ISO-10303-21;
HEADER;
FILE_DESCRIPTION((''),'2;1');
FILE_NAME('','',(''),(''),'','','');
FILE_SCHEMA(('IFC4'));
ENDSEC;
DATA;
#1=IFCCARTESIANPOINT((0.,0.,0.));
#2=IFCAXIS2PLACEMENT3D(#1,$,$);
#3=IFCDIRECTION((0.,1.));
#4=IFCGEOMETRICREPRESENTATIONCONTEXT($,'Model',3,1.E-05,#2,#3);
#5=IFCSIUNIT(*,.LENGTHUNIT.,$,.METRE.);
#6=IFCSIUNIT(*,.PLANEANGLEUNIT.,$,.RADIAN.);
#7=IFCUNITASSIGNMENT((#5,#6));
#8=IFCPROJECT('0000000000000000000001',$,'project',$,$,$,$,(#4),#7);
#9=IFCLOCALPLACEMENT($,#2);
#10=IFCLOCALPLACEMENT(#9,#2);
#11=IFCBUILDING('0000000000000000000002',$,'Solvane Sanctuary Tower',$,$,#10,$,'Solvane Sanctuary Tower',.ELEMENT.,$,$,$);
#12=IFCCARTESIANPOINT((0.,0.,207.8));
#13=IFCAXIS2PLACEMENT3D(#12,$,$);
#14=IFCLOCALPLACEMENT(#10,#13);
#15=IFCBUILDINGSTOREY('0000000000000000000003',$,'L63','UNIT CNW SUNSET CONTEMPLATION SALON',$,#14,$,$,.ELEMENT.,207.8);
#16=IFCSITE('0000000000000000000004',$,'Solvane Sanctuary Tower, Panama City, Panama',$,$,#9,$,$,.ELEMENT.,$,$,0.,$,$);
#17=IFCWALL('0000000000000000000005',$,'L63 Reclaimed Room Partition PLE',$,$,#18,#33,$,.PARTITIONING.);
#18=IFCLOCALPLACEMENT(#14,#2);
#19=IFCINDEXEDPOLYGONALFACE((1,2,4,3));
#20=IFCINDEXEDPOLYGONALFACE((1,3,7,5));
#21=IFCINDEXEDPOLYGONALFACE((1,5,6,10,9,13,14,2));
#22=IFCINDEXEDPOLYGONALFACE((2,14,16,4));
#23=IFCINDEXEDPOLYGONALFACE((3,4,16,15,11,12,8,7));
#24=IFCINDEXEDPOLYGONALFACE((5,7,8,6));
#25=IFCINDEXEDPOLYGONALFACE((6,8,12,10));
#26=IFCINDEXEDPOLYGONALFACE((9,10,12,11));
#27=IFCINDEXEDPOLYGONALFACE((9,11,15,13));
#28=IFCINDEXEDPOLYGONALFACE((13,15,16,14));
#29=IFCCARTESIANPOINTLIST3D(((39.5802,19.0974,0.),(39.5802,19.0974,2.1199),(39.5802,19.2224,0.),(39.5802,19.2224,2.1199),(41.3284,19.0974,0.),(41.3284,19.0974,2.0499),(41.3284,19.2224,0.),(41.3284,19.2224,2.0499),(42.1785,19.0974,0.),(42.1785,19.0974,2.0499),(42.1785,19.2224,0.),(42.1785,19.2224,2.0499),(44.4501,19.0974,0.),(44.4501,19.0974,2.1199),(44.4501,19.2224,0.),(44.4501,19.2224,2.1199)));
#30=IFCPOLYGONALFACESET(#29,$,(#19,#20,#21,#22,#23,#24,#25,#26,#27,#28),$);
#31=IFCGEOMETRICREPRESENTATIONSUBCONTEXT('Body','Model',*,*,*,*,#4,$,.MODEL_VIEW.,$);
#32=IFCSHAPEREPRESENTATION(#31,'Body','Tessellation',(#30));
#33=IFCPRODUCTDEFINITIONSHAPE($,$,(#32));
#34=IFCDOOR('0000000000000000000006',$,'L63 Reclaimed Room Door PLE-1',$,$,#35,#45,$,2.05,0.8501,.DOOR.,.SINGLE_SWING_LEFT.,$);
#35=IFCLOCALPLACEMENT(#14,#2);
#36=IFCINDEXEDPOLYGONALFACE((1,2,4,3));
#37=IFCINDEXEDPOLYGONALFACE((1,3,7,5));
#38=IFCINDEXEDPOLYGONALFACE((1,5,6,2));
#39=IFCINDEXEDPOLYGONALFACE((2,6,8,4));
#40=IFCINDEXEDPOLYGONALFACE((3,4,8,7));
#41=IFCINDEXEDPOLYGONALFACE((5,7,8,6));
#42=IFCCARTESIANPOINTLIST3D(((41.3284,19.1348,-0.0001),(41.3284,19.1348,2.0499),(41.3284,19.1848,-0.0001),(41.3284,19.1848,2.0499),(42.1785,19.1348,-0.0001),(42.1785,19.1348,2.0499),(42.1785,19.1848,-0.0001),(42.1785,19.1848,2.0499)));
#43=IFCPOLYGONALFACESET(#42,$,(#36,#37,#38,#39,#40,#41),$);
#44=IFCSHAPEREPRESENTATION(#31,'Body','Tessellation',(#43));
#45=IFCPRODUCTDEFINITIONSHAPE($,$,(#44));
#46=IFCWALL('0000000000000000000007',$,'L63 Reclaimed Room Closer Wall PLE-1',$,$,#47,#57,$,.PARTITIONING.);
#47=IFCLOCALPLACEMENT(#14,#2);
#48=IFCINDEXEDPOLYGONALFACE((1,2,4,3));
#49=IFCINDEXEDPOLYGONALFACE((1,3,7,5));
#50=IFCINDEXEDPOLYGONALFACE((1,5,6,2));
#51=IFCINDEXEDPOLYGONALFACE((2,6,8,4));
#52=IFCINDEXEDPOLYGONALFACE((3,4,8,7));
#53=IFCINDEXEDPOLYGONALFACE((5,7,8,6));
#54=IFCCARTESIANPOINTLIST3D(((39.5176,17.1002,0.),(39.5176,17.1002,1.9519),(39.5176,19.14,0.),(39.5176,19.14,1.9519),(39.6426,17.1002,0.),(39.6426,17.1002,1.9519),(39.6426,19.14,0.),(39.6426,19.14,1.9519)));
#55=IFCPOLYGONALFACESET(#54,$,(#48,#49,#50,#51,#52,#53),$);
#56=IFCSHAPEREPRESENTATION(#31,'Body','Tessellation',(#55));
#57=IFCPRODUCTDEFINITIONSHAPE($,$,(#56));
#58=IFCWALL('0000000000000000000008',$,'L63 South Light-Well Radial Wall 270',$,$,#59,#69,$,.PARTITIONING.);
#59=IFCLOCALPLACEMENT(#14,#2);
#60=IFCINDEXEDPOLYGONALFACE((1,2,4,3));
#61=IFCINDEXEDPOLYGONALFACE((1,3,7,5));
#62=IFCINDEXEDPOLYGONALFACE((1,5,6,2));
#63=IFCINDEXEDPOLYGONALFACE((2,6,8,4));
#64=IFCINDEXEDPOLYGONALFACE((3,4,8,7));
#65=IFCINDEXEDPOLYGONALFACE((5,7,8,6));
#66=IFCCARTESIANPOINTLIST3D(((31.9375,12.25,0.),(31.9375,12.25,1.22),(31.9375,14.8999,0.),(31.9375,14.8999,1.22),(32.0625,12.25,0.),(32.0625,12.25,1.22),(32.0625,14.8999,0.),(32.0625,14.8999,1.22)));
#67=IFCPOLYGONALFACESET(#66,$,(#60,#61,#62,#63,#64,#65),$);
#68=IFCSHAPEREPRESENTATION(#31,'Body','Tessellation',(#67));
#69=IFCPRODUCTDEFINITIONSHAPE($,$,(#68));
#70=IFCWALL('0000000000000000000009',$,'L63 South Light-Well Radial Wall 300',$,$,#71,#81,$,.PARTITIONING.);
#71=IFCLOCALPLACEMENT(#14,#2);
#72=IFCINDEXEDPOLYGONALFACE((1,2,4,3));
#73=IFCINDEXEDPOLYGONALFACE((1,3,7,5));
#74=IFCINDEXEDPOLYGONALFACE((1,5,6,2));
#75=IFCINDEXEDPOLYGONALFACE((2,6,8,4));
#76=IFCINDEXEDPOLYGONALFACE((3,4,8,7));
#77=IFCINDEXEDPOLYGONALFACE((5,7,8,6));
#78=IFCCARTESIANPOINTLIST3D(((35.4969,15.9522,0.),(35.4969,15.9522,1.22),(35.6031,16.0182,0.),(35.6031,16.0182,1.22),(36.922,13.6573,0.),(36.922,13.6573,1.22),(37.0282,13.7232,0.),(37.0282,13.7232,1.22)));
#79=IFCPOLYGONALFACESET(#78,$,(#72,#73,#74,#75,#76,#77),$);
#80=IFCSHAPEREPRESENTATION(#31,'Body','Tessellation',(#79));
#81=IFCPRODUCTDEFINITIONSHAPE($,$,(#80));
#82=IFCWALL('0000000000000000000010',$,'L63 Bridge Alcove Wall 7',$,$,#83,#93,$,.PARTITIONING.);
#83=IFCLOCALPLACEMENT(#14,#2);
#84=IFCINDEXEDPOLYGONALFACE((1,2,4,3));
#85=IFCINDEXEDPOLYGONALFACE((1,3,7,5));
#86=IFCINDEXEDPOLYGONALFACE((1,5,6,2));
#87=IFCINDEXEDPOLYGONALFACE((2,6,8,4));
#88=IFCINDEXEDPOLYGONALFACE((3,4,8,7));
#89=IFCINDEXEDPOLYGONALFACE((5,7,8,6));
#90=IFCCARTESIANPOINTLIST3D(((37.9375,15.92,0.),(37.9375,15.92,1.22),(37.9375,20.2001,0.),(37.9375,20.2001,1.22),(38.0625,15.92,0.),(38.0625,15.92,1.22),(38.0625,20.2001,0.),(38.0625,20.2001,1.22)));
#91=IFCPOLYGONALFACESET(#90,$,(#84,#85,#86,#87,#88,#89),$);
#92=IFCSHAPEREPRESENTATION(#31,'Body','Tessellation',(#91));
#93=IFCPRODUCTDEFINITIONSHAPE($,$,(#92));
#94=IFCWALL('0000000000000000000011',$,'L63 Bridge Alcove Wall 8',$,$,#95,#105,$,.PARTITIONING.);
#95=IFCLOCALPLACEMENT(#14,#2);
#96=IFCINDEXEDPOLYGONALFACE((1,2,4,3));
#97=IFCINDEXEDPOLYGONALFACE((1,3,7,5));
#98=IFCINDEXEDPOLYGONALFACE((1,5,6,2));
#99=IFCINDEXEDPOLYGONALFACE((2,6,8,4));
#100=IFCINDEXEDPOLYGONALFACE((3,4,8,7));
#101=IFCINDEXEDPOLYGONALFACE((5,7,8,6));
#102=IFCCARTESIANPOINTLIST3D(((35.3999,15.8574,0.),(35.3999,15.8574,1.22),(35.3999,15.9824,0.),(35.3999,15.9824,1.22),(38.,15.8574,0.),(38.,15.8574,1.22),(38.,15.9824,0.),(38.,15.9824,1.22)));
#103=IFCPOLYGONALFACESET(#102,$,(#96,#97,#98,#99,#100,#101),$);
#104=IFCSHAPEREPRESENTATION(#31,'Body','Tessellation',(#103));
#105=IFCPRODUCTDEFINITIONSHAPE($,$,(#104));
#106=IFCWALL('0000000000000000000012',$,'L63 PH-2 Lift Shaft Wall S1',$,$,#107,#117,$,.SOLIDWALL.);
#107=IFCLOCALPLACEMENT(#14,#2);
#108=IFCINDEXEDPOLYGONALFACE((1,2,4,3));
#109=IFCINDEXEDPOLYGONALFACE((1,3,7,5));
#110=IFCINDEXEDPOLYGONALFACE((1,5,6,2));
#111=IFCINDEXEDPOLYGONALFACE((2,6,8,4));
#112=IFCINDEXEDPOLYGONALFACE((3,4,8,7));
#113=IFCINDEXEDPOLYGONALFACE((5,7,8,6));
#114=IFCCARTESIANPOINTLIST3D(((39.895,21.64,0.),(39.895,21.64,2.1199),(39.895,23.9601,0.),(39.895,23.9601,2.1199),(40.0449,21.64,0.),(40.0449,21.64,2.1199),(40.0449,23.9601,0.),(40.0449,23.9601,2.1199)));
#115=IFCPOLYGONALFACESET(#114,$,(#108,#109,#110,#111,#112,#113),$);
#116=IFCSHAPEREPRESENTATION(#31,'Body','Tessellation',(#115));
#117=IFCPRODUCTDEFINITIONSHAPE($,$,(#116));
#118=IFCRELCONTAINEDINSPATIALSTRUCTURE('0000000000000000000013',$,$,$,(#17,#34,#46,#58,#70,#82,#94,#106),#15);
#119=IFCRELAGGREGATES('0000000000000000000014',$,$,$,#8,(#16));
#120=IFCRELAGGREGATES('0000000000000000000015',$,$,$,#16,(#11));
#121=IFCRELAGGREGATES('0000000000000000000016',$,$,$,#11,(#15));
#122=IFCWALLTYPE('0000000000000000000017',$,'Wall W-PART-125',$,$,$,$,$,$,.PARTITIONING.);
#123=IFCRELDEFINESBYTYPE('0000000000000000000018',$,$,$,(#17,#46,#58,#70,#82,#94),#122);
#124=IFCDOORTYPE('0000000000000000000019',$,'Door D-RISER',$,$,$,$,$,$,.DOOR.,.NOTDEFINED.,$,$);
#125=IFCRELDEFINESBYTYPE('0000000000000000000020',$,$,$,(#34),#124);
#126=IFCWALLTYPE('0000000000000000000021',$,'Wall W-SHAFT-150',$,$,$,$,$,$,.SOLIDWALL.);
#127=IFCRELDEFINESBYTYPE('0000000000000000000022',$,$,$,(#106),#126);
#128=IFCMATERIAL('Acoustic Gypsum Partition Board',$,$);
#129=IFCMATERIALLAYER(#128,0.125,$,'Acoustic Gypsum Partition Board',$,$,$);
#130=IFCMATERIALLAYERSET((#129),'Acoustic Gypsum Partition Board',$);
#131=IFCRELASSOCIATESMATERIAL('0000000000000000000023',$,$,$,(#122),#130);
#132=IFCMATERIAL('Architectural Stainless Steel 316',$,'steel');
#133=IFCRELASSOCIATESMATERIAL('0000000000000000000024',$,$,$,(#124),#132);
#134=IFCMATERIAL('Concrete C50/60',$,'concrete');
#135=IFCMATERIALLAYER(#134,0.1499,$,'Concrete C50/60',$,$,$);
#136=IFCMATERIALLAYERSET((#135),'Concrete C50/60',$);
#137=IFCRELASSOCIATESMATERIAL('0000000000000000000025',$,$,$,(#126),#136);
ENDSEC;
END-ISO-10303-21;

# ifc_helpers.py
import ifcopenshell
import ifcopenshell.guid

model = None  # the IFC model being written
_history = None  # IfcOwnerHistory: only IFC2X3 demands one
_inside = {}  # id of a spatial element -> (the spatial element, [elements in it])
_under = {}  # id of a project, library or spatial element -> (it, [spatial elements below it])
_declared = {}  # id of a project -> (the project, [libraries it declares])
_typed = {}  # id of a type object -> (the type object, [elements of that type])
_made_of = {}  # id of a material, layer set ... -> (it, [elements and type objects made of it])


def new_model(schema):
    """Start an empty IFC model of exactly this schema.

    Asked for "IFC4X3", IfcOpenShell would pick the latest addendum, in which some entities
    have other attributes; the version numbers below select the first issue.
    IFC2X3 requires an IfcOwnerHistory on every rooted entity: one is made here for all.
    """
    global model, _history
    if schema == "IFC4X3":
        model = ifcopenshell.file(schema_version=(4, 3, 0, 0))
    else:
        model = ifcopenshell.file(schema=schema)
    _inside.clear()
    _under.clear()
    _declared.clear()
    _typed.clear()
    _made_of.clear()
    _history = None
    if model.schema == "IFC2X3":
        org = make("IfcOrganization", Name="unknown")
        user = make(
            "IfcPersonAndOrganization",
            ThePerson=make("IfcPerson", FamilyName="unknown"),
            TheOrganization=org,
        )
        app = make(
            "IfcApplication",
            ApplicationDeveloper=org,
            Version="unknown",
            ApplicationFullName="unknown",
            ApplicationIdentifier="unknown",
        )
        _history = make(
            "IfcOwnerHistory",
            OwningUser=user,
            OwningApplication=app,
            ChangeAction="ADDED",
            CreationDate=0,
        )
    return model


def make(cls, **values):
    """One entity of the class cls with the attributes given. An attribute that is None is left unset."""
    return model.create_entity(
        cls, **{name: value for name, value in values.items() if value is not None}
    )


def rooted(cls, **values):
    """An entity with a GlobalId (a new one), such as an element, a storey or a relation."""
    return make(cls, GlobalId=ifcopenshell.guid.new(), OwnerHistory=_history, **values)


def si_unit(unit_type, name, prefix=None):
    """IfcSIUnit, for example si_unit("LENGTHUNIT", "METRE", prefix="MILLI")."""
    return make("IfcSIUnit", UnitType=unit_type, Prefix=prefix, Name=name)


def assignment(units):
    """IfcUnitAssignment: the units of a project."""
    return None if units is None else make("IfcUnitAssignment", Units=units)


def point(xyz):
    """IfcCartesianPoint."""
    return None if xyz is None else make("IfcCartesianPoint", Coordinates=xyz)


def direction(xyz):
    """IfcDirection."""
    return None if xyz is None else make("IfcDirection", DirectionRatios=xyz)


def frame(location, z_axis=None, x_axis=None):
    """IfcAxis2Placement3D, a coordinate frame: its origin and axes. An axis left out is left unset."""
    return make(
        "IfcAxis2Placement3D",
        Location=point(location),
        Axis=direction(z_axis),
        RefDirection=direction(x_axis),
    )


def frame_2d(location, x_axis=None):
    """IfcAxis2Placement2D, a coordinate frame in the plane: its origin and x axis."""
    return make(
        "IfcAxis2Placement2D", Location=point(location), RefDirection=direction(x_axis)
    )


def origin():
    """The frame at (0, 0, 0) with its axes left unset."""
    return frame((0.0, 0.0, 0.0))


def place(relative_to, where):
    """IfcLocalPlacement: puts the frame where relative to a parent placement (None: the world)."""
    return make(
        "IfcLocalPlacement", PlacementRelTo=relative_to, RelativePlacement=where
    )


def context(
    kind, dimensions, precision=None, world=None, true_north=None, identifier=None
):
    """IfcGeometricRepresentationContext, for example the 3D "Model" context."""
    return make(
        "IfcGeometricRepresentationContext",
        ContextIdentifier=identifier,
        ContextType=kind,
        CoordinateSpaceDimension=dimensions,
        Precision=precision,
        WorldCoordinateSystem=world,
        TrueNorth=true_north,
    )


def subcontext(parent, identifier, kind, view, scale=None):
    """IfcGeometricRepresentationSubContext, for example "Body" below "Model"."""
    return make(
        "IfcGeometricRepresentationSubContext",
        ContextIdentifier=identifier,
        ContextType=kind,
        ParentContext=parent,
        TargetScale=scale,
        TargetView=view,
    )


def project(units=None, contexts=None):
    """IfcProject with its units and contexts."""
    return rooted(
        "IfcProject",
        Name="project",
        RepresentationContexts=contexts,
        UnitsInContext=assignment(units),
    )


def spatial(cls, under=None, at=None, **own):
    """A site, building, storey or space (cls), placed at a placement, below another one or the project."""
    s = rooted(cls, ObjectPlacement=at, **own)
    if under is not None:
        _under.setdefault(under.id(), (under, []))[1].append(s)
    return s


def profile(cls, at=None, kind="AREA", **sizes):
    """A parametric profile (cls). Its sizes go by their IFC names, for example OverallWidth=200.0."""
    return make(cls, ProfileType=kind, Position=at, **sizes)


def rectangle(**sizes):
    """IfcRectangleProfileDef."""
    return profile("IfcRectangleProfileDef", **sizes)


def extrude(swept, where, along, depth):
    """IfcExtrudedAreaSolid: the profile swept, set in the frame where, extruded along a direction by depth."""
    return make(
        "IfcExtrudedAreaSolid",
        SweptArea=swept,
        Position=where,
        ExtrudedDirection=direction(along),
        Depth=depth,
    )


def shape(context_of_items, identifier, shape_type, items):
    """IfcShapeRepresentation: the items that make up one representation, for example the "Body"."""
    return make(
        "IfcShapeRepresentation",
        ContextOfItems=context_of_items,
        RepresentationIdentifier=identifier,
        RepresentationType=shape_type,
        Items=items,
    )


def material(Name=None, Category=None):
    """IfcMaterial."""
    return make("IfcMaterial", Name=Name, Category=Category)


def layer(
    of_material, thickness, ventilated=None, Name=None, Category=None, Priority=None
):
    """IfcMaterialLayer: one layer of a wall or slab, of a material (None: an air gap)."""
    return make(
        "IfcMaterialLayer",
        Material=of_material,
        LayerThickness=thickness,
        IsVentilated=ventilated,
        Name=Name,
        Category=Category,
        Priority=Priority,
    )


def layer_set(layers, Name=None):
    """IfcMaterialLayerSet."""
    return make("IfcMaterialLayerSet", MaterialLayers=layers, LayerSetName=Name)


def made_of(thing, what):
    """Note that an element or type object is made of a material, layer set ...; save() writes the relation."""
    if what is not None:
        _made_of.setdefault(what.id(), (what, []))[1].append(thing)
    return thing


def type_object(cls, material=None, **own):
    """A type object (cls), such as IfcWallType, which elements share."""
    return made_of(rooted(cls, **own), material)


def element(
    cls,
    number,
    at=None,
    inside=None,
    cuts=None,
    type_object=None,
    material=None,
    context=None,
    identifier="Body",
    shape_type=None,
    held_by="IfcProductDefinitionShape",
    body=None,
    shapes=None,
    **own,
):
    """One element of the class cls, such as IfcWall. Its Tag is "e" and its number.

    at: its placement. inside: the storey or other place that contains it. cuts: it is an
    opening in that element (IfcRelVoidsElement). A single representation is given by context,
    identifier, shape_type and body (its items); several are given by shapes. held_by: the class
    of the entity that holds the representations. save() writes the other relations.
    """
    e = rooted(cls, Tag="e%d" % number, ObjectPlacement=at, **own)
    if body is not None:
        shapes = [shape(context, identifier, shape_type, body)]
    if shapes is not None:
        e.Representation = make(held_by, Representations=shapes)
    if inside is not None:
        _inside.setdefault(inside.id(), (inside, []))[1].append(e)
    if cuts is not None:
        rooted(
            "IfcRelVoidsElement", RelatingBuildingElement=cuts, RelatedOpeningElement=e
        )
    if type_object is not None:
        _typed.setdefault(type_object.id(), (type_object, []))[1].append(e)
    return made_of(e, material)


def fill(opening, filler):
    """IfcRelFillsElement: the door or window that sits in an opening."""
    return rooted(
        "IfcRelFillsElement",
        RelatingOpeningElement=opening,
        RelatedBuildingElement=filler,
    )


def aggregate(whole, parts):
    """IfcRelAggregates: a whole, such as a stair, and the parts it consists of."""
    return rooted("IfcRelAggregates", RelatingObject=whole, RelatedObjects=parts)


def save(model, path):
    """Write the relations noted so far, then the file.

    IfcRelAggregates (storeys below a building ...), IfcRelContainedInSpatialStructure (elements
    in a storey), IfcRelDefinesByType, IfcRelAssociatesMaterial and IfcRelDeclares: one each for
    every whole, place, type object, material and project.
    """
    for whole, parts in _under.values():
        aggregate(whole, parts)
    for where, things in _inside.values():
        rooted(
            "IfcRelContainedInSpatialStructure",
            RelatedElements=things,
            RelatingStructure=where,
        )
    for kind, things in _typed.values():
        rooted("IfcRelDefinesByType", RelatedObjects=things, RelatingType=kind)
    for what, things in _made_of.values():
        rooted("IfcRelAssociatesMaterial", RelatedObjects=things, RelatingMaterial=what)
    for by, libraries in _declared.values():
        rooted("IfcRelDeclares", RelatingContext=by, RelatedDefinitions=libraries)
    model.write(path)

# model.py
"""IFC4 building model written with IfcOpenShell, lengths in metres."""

from ifc_helpers import new_model, si_unit, direction, frame, frame_2d, origin, place, context, subcontext, project, spatial, rectangle, extrude, material, layer, layer_set, type_object, element, fill, save


model = new_model("IFC4")

# Units and contexts
model_context = context("Model", 3, precision=1e-05, world=origin(), true_north=direction((0.0, 1.0)))
body_context = subcontext(model_context, "Body", "Model", "MODEL_VIEW")
ifc_project = project(units=[si_unit("LENGTHUNIT", "METRE"), si_unit("PLANEANGLEUNIT", "RADIAN")], contexts=[model_context])

# Site, building, storey
site_placement = place(None, origin())
site = spatial("IfcSite", under=ifc_project, at=site_placement, Name="Solvane Sanctuary Tower, Panama City, Panama", CompositionType="ELEMENT", RefElevation=0.0)
building_placement = place(site_placement, origin())
building = spatial("IfcBuilding", under=site, at=building_placement, Name="Solvane Sanctuary Tower", LongName="Solvane Sanctuary Tower", CompositionType="ELEMENT")
storey_placement = place(building_placement, frame((0.0, 0.0, 207.8)))
storey = spatial("IfcBuildingStorey", under=building, at=storey_placement, Name="L63", Description="UNIT CNW SUNSET CONTEMPLATION SALON", CompositionType="ELEMENT", Elevation=207.8)

# Shared definitions
ifc_material_1 = material(Name="Concrete C50/60", Category="concrete")

# Wall, opening, door
ifc_material_2 = material(Name="Acoustic Gypsum Partition Board")
ifc_layer_1 = layer(ifc_material_2, 0.125, Name="Acoustic Gypsum Partition Board")
ifc_layer_set_1 = layer_set([ifc_layer_1], Name="Acoustic Gypsum Partition Board")
wall_type_1 = type_object("IfcWallType", Name="Wall W-PART-125", PredefinedType="PARTITIONING", material=ifc_layer_set_1)
wall_1_placement = place(storey_placement, frame((39.5801, 19.1599, 0.0), z_axis=(0.0, 0.0, 1.0), x_axis=(1.0, 0.0, 0.0)))
wall_1 = element("IfcWall", 1, at=wall_1_placement, inside=storey, type_object=wall_type_1, Name="L63 Reclaimed Room Partition PLE", PredefinedType="PARTITIONING", context=body_context, shape_type="SweptSolid", body=[
    extrude(rectangle(XDim=4.8699, YDim=0.125, at=frame_2d((2.4351, 0.0))), origin(), (0.0, 0.0, 1.0), 2.1199),
])
opening_placement = place(wall_1_placement, frame((1.7483, 0.0, 0.0)))
opening = element("IfcOpeningElement", 2, at=opening_placement, cuts=wall_1, PredefinedType="OPENING", context=body_context, shape_type="SweptSolid", body=[
    extrude(rectangle(XDim=0.8501, YDim=2.05, at=frame_2d((0.425, 1.0249))), frame((0.0, 0.0725, 0.0), z_axis=(0.0, -1.0, 0.0), x_axis=(1.0, 0.0, 0.0)), (0.0, 0.0, 1.0), 0.145),
])
ifc_material_3 = material(Name="Architectural Stainless Steel 316", Category="steel")
door_type = type_object("IfcDoorType", Name="Door D-RISER", OperationType="NOTDEFINED", PredefinedType="DOOR", material=ifc_material_3)
door_placement = place(opening_placement, origin())
door = element("IfcDoor", 3, at=door_placement, inside=storey, type_object=door_type, Name="L63 Reclaimed Room Door PLE-1", OperationType="SINGLE_SWING_LEFT", OverallHeight=2.05, OverallWidth=0.8501, PredefinedType="DOOR", context=body_context, shape_type="SweptSolid", body=[
    extrude(rectangle(XDim=0.8501, YDim=2.05, at=frame_2d((0.425, 1.0249))), frame((0.0, 0.0249, 0.0), z_axis=(0.0, -1.0, 0.0), x_axis=(1.0, 0.0, 0.0)), (0.0, 0.0, 1.0), 0.05),
])
fill(opening, door)

# Walls
wall_2_placement = place(storey_placement, frame((39.5801, 17.1001, 0.0), z_axis=(0.0, 0.0, 1.0), x_axis=(0.0, 1.0, 0.0)))
element("IfcWall", 4, at=wall_2_placement, inside=storey, type_object=wall_type_1, Name="L63 Reclaimed Room Closer Wall PLE-1", PredefinedType="PARTITIONING", context=body_context, shape_type="SweptSolid", body=[
    extrude(rectangle(XDim=2.0398, YDim=0.125, at=frame_2d((1.02, 0.0))), origin(), (0.0, 0.0, 1.0), 1.9519),
])
wall_3_placement = place(storey_placement, frame((32.0, 14.8999, 0.0), z_axis=(0.0, 0.0, 1.0), x_axis=(0.0, -1.0, 0.0)))
element("IfcWall", 5, at=wall_3_placement, inside=storey, type_object=wall_type_1, Name="L63 South Light-Well Radial Wall 270", PredefinedType="PARTITIONING", context=body_context, shape_type="SweptSolid", body=[
    extrude(rectangle(XDim=2.6499, YDim=0.125, at=frame_2d((1.325, 0.0))), origin(), (0.0, 0.0, 1.0), 1.22),
])
wall_4_placement = place(storey_placement, frame((35.55, 15.9851, 0.0), z_axis=(0.0, 0.0, 1.0), x_axis=(0.527527, -0.849538, 0.0)))
element("IfcWall", 6, at=wall_4_placement, inside=storey, type_object=wall_type_1, Name="L63 South Light-Well Radial Wall 300", PredefinedType="PARTITIONING", context=body_context, shape_type="SweptSolid", body=[
    extrude(rectangle(XDim=2.7014, YDim=0.125, at=frame_2d((1.3506, 0.0))), origin(), (0.0, 0.0, 1.0), 1.22),
])
wall_5_placement = place(storey_placement, frame((38.0, 15.9199, 0.0), z_axis=(0.0, 0.0, 1.0), x_axis=(0.0, 1.0, 0.0)))
element("IfcWall", 7, at=wall_5_placement, inside=storey, type_object=wall_type_1, Name="L63 Bridge Alcove Wall 7", PredefinedType="PARTITIONING", context=body_context, shape_type="SweptSolid", body=[
    extrude(rectangle(XDim=4.28, YDim=0.125, at=frame_2d((2.1401, 0.0))), origin(), (0.0, 0.0, 1.0), 1.22),
])
wall_6_placement = place(storey_placement, frame((35.3999, 15.9199, 0.0), z_axis=(0.0, 0.0, 1.0), x_axis=(1.0, 0.0, 0.0)))
element("IfcWall", 8, at=wall_6_placement, inside=storey, type_object=wall_type_1, Name="L63 Bridge Alcove Wall 8", PredefinedType="PARTITIONING", context=body_context, shape_type="SweptSolid", body=[
    extrude(rectangle(XDim=2.6001, YDim=0.125, at=frame_2d((1.3, 0.0))), origin(), (0.0, 0.0, 1.0), 1.22),
])
ifc_layer_2 = layer(ifc_material_1, 0.1499, Name="Concrete C50/60")
ifc_layer_set_2 = layer_set([ifc_layer_2], Name="Concrete C50/60")
wall_type_2 = type_object("IfcWallType", Name="Wall W-SHAFT-150", PredefinedType="SOLIDWALL", material=ifc_layer_set_2)
wall_7_placement = place(storey_placement, frame((39.97, 21.6399, 0.0), z_axis=(0.0, 0.0, 1.0), x_axis=(0.0, 1.0, 0.0)))
element("IfcWall", 9, at=wall_7_placement, inside=storey, type_object=wall_type_2, Name="L63 PH-2 Lift Shaft Wall S1", PredefinedType="SOLIDWALL", context=body_context, shape_type="SweptSolid", body=[
    extrude(rectangle(XDim=2.3201, YDim=0.1499, at=frame_2d((1.1602, 0.0))), origin(), (0.0, 0.0, 1.0), 2.1199),
])

save(model, "model.ifc")
